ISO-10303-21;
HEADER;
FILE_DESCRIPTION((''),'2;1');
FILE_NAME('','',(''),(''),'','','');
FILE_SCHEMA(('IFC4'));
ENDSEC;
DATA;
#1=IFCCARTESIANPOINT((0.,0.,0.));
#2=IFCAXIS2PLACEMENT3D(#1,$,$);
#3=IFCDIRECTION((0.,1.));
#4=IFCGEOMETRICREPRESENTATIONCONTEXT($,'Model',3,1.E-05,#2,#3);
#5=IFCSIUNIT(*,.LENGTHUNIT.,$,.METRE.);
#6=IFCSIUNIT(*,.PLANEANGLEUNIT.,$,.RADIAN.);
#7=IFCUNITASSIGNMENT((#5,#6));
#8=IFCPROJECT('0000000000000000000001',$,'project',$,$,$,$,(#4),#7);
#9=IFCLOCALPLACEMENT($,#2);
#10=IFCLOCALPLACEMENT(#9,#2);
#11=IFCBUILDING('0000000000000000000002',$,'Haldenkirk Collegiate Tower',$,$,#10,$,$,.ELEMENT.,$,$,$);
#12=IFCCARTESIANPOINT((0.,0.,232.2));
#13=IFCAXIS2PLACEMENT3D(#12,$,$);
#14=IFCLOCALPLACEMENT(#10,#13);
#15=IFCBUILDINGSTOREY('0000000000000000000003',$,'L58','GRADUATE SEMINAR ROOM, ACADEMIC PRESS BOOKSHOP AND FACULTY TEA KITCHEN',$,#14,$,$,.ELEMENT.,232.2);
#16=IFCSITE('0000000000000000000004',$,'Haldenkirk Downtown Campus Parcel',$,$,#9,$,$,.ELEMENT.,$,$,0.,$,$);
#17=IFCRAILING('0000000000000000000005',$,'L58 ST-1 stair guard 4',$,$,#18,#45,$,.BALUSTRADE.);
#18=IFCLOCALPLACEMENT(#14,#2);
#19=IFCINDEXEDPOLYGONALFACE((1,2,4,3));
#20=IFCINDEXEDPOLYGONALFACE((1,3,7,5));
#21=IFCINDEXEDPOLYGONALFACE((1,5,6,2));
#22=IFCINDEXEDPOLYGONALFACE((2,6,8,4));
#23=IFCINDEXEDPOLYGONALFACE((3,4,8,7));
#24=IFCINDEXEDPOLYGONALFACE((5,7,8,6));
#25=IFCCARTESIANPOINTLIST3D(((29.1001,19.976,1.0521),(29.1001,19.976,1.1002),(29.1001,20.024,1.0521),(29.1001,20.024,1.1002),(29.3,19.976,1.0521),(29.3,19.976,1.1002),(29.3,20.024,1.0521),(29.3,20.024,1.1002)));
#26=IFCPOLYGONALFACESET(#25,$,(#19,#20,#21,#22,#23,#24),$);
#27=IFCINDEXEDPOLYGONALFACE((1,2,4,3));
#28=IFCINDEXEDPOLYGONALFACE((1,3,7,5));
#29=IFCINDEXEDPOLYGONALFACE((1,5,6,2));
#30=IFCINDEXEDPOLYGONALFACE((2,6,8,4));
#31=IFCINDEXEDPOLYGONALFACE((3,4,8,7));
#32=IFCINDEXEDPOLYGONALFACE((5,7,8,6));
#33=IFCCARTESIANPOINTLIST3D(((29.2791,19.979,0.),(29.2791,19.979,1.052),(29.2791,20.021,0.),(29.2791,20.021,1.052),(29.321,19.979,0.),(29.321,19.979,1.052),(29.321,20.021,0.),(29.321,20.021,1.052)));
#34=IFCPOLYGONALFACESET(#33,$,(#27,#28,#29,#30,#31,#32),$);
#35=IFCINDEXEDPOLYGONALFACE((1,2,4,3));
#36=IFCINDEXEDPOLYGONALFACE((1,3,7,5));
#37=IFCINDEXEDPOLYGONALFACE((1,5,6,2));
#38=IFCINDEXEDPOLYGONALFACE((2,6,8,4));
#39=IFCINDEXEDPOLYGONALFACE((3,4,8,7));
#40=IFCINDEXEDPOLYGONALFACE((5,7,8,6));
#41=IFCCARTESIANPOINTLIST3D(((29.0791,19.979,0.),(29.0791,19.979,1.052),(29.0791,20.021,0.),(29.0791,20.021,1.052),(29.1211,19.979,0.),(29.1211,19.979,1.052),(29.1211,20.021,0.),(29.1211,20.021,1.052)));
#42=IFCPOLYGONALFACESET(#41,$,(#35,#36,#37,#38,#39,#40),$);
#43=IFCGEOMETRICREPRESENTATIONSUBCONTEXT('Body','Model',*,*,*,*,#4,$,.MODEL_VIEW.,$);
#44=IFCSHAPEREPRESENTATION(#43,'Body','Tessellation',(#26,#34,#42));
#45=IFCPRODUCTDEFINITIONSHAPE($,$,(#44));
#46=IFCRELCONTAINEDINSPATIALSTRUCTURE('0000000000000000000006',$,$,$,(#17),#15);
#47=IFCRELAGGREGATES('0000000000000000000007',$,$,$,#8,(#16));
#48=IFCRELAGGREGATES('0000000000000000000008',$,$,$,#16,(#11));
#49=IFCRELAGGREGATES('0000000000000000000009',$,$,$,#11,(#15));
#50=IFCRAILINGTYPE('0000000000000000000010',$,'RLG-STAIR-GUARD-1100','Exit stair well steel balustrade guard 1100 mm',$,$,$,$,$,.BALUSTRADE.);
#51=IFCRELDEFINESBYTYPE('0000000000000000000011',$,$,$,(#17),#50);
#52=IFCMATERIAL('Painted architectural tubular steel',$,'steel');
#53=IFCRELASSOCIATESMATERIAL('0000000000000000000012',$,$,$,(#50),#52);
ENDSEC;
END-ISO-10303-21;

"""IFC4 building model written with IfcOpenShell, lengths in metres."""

from ifc_helpers import new_model, si_unit, direction, frame, origin, origin_2d, place, context, subcontext, project, spatial, rectangle, extrude, material, type_object, element, save


model = new_model("IFC4")

# Units and contexts
model_context = context("Model", 3, precision=1e-05, world=origin(), true_north=direction((0.0, 1.0)))
body_context = subcontext(model_context, "Body", "Model", "MODEL_VIEW")
ifc_project = project(units=[si_unit("LENGTHUNIT", "METRE"), si_unit("PLANEANGLEUNIT", "RADIAN")], contexts=[model_context])

# Site, building, storey
site_placement = place(None, origin())
site = spatial("IfcSite", under=ifc_project, at=site_placement, Name="Haldenkirk Downtown Campus Parcel", CompositionType="ELEMENT", RefElevation=0.0)
building_placement = place(site_placement, origin())
building = spatial("IfcBuilding", under=site, at=building_placement, Name="Haldenkirk Collegiate Tower", CompositionType="ELEMENT")
storey_placement = place(building_placement, frame((0.0, 0.0, 232.2)))
storey = spatial("IfcBuildingStorey", under=building, at=storey_placement, Name="L58", Description="GRADUATE SEMINAR ROOM, ACADEMIC PRESS BOOKSHOP AND FACULTY TEA KITCHEN", CompositionType="ELEMENT", Elevation=232.2)

# Railing
ifc_material_1 = material(Name="Painted architectural tubular steel", Category="steel")
railing_type = type_object("IfcRailingType", Name="RLG-STAIR-GUARD-1100", Description="Exit stair well steel balustrade guard 1100 mm", PredefinedType="BALUSTRADE", material=ifc_material_1)
railing_1_placement = place(storey_placement, frame((29.3, 20.0, 0.0)))
element("IfcRailing", 1, at=railing_1_placement, inside=storey, type_object=railing_type, Name="L58 ST-1 stair guard 4", PredefinedType="BALUSTRADE", context=body_context, shape_type="SweptSolid", body=[
    extrude(rectangle(XDim=0.0481, YDim=0.0481, at=origin_2d()), frame((0.0, 0.0, 1.0762), z_axis=(-1.0, 0.0, 0.0), x_axis=(0.0, -1.0, 0.0)), (0.0, 0.0, 1.0), 0.2),
    extrude(rectangle(XDim=0.042, YDim=0.042, at=origin_2d()), origin(), (0.0, 0.0, 1.0), 1.052),
    extrude(rectangle(XDim=0.042, YDim=0.042, at=origin_2d()), frame((-0.2, 0.0, 0.0)), (0.0, 0.0, 1.0), 1.052),
])

save(model, "model.ifc")
